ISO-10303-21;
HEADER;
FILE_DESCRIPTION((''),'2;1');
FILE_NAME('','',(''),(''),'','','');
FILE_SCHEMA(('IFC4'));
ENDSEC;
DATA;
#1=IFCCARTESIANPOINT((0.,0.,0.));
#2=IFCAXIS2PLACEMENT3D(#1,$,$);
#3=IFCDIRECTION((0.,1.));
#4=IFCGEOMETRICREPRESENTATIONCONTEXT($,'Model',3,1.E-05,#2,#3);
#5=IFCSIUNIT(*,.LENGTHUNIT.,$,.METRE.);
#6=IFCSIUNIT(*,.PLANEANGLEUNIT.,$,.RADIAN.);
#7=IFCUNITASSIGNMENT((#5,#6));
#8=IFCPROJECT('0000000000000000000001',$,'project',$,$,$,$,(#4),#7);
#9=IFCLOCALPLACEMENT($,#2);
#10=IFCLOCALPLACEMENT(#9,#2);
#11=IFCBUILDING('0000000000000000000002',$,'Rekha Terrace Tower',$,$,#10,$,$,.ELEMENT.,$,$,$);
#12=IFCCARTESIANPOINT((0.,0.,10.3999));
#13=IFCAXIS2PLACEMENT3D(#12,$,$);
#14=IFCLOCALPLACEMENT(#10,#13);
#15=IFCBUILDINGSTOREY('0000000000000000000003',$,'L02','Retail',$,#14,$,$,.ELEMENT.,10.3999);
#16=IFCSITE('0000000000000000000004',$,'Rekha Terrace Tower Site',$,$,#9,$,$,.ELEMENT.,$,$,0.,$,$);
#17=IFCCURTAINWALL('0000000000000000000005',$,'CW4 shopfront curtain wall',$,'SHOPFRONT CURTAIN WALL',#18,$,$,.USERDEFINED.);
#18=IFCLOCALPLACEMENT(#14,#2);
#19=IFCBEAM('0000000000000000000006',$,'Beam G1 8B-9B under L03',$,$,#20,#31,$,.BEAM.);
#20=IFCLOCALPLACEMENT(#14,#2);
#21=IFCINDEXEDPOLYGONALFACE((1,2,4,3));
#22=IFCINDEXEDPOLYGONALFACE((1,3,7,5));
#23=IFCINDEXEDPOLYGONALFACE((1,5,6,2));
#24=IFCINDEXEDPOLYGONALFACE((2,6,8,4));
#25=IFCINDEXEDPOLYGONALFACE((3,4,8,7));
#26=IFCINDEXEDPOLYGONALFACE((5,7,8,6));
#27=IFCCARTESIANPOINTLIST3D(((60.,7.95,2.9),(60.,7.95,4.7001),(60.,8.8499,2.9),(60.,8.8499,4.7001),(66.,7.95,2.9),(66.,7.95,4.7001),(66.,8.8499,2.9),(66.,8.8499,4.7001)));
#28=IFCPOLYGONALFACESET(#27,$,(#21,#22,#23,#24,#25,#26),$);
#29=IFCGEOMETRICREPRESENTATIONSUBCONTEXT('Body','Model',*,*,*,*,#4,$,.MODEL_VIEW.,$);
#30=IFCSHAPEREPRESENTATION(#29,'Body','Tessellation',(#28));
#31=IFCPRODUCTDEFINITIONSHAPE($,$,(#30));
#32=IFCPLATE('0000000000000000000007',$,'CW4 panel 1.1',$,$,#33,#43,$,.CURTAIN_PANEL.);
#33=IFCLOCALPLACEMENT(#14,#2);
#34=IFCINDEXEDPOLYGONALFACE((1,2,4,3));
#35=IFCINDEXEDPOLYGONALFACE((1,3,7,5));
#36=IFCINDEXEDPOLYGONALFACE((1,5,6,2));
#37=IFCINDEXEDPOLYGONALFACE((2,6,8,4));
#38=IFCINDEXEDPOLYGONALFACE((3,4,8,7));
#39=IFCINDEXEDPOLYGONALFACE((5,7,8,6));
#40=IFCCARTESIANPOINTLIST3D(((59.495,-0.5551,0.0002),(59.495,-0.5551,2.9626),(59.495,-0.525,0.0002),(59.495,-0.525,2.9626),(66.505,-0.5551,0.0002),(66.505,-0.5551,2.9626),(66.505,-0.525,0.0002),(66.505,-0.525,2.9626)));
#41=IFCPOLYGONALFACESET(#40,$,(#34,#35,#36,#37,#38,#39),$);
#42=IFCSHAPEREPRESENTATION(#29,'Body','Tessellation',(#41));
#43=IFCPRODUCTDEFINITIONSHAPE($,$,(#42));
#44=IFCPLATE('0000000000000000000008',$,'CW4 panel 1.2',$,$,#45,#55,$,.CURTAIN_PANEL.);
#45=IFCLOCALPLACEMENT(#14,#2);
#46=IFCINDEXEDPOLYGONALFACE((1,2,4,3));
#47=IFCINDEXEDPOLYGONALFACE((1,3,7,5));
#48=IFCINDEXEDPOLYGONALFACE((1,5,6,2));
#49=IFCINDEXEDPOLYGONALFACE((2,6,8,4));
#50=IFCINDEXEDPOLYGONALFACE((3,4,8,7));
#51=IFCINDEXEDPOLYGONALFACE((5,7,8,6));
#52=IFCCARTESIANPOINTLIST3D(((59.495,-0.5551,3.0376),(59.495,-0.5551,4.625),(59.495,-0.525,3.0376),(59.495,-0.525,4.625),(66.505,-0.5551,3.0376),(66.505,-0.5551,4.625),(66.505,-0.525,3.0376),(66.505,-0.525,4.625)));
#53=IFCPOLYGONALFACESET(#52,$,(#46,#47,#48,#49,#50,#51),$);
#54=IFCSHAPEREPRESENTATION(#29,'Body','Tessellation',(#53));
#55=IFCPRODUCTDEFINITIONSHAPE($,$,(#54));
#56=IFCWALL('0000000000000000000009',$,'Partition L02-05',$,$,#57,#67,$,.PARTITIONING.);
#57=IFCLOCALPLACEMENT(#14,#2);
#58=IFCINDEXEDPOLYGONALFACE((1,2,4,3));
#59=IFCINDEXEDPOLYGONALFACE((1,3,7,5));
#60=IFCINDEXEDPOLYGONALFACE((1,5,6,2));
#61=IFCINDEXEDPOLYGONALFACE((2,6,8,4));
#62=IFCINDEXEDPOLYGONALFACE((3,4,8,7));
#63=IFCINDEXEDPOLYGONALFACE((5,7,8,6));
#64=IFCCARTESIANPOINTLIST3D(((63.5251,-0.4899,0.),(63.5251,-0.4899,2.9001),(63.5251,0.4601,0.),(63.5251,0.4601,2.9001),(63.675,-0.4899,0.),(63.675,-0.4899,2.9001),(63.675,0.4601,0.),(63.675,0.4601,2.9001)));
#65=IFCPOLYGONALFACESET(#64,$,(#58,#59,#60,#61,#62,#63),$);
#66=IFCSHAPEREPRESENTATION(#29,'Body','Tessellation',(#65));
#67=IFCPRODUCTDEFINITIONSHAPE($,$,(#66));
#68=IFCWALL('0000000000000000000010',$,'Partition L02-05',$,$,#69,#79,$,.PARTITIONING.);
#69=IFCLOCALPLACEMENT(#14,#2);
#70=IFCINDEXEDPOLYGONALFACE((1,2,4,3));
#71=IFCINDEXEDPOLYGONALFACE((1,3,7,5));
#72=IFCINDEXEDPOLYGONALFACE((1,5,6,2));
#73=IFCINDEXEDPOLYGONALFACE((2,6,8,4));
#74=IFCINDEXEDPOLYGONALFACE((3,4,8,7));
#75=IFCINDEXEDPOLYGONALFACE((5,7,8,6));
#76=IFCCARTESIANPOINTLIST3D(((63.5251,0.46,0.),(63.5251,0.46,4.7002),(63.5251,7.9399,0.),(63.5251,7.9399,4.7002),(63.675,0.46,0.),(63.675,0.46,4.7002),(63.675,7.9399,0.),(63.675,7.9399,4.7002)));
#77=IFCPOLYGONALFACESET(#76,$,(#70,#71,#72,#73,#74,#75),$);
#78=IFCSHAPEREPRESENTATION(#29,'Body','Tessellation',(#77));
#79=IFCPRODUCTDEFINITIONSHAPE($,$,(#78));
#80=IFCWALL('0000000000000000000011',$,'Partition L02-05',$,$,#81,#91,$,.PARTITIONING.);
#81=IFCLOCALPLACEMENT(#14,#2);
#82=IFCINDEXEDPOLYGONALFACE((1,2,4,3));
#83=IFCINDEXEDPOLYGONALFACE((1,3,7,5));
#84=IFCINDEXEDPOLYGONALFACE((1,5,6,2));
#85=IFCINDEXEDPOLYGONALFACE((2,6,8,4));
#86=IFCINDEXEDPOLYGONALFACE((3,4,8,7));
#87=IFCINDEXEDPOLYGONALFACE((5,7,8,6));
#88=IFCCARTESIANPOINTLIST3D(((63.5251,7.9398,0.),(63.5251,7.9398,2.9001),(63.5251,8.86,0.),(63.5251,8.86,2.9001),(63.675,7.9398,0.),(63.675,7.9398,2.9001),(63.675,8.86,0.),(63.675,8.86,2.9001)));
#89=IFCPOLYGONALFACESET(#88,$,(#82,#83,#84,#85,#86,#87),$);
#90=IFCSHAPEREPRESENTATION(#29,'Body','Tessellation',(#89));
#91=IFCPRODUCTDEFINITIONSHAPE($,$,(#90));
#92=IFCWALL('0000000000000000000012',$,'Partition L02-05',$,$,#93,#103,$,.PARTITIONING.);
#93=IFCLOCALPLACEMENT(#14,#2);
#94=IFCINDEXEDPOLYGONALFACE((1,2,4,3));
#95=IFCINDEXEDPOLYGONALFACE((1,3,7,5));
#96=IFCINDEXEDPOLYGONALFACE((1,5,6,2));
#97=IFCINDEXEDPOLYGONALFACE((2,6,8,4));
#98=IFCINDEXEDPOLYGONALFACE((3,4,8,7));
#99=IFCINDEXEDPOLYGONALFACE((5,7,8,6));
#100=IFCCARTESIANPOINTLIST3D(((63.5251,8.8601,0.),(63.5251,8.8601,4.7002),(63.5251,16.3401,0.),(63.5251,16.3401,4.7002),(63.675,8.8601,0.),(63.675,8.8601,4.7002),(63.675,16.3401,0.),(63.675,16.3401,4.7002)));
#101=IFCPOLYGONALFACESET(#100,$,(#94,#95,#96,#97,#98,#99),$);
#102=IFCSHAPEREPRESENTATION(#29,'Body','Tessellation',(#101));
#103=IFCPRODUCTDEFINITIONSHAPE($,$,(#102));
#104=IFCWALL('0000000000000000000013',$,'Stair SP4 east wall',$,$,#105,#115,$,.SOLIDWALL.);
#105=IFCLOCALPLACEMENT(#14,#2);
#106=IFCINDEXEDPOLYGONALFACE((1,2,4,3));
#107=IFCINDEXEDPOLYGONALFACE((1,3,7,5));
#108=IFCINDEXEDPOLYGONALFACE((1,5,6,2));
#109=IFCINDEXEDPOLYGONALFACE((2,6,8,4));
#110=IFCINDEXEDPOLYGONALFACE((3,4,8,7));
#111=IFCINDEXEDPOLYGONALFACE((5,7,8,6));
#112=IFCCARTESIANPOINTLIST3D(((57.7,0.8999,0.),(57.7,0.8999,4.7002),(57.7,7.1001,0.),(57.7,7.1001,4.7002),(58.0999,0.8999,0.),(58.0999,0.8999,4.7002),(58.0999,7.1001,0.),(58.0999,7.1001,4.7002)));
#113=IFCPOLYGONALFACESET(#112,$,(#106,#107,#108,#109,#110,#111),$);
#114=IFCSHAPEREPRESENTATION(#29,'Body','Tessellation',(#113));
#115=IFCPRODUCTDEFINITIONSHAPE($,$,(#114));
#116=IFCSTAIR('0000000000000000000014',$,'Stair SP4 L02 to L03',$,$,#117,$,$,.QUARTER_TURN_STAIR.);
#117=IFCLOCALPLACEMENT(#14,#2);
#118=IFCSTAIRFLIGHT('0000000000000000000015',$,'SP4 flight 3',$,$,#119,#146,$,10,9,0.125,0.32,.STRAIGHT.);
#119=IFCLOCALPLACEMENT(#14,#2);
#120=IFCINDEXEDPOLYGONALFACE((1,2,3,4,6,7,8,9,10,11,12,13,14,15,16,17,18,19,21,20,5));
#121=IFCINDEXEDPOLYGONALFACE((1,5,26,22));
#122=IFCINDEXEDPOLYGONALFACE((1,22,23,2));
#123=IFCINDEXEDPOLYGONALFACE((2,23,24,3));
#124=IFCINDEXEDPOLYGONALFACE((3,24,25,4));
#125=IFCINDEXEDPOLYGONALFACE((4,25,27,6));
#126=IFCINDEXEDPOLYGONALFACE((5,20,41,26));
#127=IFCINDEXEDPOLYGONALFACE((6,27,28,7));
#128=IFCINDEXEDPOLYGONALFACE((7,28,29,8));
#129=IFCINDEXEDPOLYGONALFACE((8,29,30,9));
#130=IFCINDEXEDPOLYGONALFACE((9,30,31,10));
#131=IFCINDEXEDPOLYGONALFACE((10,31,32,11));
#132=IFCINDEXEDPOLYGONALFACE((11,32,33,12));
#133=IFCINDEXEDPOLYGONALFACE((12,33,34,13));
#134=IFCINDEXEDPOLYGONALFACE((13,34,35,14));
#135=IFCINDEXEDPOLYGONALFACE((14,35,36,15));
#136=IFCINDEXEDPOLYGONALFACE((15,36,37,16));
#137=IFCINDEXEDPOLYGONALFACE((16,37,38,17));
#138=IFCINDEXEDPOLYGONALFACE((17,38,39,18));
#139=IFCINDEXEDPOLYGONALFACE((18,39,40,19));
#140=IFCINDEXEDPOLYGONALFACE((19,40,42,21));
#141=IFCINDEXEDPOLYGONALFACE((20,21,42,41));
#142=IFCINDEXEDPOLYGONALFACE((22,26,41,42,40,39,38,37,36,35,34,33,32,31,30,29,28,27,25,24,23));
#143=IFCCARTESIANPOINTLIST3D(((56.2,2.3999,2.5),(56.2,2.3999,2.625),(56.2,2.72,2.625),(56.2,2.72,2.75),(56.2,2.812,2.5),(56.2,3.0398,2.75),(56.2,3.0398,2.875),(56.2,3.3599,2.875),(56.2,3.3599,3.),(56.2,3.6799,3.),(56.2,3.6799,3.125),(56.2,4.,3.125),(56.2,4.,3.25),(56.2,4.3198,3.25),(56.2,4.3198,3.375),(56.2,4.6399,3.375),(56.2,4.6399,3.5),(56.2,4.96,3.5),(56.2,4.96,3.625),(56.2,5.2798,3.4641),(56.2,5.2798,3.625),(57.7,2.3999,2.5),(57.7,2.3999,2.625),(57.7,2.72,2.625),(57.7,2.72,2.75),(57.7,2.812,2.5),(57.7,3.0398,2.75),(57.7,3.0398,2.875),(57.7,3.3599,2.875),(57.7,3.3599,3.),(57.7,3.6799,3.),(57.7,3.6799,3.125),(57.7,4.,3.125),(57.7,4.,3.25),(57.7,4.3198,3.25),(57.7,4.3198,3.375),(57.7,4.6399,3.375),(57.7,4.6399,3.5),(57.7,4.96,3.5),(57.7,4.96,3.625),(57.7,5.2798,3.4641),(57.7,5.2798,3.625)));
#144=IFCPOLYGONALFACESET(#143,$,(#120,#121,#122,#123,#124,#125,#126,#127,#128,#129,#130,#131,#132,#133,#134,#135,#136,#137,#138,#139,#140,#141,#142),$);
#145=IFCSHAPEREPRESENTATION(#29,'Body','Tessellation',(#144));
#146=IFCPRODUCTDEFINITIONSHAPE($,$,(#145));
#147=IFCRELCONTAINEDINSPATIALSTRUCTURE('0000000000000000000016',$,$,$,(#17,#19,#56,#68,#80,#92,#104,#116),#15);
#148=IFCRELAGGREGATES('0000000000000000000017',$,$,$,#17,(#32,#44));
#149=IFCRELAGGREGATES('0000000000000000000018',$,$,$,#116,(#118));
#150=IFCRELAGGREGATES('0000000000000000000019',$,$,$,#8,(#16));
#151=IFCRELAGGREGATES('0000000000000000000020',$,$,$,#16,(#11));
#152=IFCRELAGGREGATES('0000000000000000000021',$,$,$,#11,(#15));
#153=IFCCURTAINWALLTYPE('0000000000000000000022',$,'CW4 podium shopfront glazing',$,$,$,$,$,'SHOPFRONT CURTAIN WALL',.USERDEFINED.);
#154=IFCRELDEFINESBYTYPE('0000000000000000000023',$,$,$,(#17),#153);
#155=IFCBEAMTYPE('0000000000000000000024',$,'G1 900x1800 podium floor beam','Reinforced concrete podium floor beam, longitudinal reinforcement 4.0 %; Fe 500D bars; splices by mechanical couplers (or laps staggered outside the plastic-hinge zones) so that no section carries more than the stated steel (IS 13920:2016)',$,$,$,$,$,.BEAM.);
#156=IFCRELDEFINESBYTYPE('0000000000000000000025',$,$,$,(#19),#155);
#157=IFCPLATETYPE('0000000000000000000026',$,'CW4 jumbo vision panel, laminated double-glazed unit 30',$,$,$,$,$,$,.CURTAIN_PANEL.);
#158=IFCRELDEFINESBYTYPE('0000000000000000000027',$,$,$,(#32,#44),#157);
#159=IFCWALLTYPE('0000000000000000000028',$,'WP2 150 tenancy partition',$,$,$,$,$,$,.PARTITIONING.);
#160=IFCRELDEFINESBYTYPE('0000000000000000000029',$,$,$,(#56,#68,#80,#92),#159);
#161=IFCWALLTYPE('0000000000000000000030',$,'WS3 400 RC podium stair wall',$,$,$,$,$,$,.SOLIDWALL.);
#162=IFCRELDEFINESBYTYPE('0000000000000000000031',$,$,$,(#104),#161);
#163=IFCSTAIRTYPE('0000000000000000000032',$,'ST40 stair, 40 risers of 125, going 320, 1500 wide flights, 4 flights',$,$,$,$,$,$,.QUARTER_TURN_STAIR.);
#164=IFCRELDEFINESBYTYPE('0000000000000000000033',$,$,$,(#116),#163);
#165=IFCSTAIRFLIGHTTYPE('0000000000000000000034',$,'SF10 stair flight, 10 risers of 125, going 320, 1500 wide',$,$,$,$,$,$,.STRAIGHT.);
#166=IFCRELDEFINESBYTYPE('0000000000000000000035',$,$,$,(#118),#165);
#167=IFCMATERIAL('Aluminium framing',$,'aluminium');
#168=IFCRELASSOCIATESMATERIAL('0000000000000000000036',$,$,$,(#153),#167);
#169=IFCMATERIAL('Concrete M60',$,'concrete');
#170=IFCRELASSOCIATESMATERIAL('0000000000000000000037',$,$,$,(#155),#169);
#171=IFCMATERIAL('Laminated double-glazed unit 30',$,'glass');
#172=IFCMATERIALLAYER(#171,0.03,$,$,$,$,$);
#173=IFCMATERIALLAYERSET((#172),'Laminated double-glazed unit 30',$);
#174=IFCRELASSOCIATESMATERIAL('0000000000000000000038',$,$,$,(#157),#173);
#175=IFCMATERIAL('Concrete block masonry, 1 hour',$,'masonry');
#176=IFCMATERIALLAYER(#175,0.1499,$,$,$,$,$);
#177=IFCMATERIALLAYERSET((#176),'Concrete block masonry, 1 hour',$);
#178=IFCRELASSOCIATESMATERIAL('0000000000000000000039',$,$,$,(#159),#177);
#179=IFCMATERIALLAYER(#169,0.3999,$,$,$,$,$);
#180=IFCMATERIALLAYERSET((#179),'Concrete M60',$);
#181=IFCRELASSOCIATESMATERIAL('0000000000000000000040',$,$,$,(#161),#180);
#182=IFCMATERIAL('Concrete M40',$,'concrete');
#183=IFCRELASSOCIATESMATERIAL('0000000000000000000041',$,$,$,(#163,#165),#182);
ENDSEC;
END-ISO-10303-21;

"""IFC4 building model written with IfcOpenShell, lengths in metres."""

from ifc_helpers import new_model, si_unit, direction, frame, frame_2d, origin, origin_2d, place, context, subcontext, project, spatial, polyline, rectangle, outline, extrude, material, layer, layer_set, material_profile, profile_set, type_object, element, aggregate, save


model = new_model("IFC4")

# Units and contexts
model_context = context("Model", 3, precision=1e-05, world=origin(), true_north=direction((0.0, 1.0)))
body_context = subcontext(model_context, "Body", "Model", "MODEL_VIEW")
ifc_project = project(units=[si_unit("LENGTHUNIT", "METRE"), si_unit("PLANEANGLEUNIT", "RADIAN")], contexts=[model_context])

# Site, building, storey
site_placement = place(None, origin())
site = spatial("IfcSite", under=ifc_project, at=site_placement, Name="Rekha Terrace Tower Site", CompositionType="ELEMENT", RefElevation=0.0)
building_placement = place(site_placement, origin())
building = spatial("IfcBuilding", under=site, at=building_placement, Name="Rekha Terrace Tower", CompositionType="ELEMENT")
storey_placement = place(building_placement, frame((0.0, 0.0, 10.3999)))
storey = spatial("IfcBuildingStorey", under=building, at=storey_placement, Name="L02", Description="Retail", CompositionType="ELEMENT", Elevation=10.3999)

# Shared definitions
ifc_material_1 = material(Name="Concrete M60", Category="concrete")

# Shared definitions
ifc_material_2 = material(Name="Aluminium framing", Category="aluminium")
curtain_wall_type = type_object("IfcCurtainWallType", Name="CW4 podium shopfront glazing", ElementType="SHOPFRONT CURTAIN WALL", PredefinedType="USERDEFINED", material=ifc_material_2)

# Curtain wall
curtain_wall_1_placement = place(storey_placement, origin())
curtain_wall_1 = element("IfcCurtainWall", 1, at=curtain_wall_1_placement, inside=storey, type_object=curtain_wall_type, Name="CW4 shopfront curtain wall", ObjectType="SHOPFRONT CURTAIN WALL", PredefinedType="USERDEFINED")

# Beam
ifc_material_profile_1 = material_profile(ifc_material_1, rectangle(XDim=0.8999, YDim=1.8, at=origin_2d()), Name="RC 900x1800")
ifc_profile_set_1 = profile_set([ifc_material_profile_1], Name="Concrete M60")
beam_type = type_object("IfcBeamType", Name="G1 900x1800 podium floor beam", Description="Reinforced concrete podium floor beam, longitudinal reinforcement 4.0 %; Fe 500D bars; splices by mechanical couplers (or laps staggered outside the plastic-hinge zones) so that no section carries more than the stated steel (IS 13920:2016)", PredefinedType="BEAM", material=ifc_profile_set_1)
beam_1_placement = place(storey_placement, frame((60.0, 8.3999, 3.8), z_axis=(1.0, 0.0, 0.0), x_axis=(0.0, 1.0, 0.0)))
element("IfcBeam", 2, at=beam_1_placement, inside=storey, type_object=beam_type, Name="Beam G1 8B-9B under L03", PredefinedType="BEAM", context=body_context, shape_type="SweptSolid", body=[
    extrude(rectangle(XDim=0.8999, YDim=1.8, at=origin_2d()), origin(), (0.0, 0.0, 1.0), 6.0),
])

# Plates
ifc_material_3 = material(Name="Laminated double-glazed unit 30", Category="glass")
ifc_layer_1 = layer(ifc_material_3, 0.03)
ifc_layer_set_1 = layer_set([ifc_layer_1], Name="Laminated double-glazed unit 30")
plate_type = type_object("IfcPlateType", Name="CW4 jumbo vision panel, laminated double-glazed unit 30", PredefinedType="CURTAIN_PANEL", material=ifc_layer_set_1)
plate_1_placement = place(storey_placement, frame((63.0, -0.54, 0.0002), z_axis=(0.0, 0.0, 1.0), x_axis=(1.0, 0.0, 0.0)))
plate_1 = element("IfcPlate", 3, at=plate_1_placement, type_object=plate_type, Name="CW4 panel 1.1", PredefinedType="CURTAIN_PANEL", context=body_context, shape_type="SweptSolid", body=[
    extrude(rectangle(XDim=7.01, YDim=0.03, at=origin_2d()), origin(), (0.0, 0.0, 1.0), 2.9624),
])
plate_2_placement = place(storey_placement, frame((63.0, -0.54, 3.0376), z_axis=(0.0, 0.0, 1.0), x_axis=(1.0, 0.0, 0.0)))
plate_2 = element("IfcPlate", 4, at=plate_2_placement, type_object=plate_type, Name="CW4 panel 1.2", PredefinedType="CURTAIN_PANEL", context=body_context, shape_type="SweptSolid", body=[
    extrude(rectangle(XDim=7.01, YDim=0.03, at=origin_2d()), origin(), (0.0, 0.0, 1.0), 1.5874),
])
aggregate(curtain_wall_1, [plate_1, plate_2])

# Walls
ifc_material_4 = material(Name="Concrete block masonry, 1 hour", Category="masonry")
ifc_layer_2 = layer(ifc_material_4, 0.1499)
ifc_layer_set_2 = layer_set([ifc_layer_2], Name="Concrete block masonry, 1 hour")
wall_type_1 = type_object("IfcWallType", Name="WP2 150 tenancy partition", PredefinedType="PARTITIONING", material=ifc_layer_set_2)
wall_1_placement = place(storey_placement, frame((63.6001, -0.49, 0.0), z_axis=(0.0, 0.0, 1.0), x_axis=(0.0, 1.0, 0.0)))
element("IfcWall", 5, at=wall_1_placement, inside=storey, type_object=wall_type_1, Name="Partition L02-05", PredefinedType="PARTITIONING", context=body_context, shape_type="SweptSolid", body=[
    extrude(rectangle(XDim=0.95, YDim=0.1499, at=frame_2d((0.4751, 0.0))), origin(), (0.0, 0.0, 1.0), 2.9001),
])
wall_2_placement = place(storey_placement, frame((63.6001, 0.46, 0.0), z_axis=(0.0, 0.0, 1.0), x_axis=(0.0, 1.0, 0.0)))
element("IfcWall", 6, at=wall_2_placement, inside=storey, type_object=wall_type_1, Name="Partition L02-05", PredefinedType="PARTITIONING", context=body_context, shape_type="SweptSolid", body=[
    extrude(rectangle(XDim=7.48, YDim=0.1499, at=frame_2d((3.74, 0.0))), origin(), (0.0, 0.0, 1.0), 4.7002),
])
wall_3_placement = place(storey_placement, frame((63.6001, 7.9399, 0.0), z_axis=(0.0, 0.0, 1.0), x_axis=(0.0, 1.0, 0.0)))
element("IfcWall", 7, at=wall_3_placement, inside=storey, type_object=wall_type_1, Name="Partition L02-05", PredefinedType="PARTITIONING", context=body_context, shape_type="SweptSolid", body=[
    extrude(rectangle(XDim=0.9202, YDim=0.1499, at=frame_2d((0.46, 0.0))), origin(), (0.0, 0.0, 1.0), 2.9001),
])
wall_4_placement = place(storey_placement, frame((63.6001, 8.8601, 0.0), z_axis=(0.0, 0.0, 1.0), x_axis=(0.0, 1.0, 0.0)))
element("IfcWall", 8, at=wall_4_placement, inside=storey, type_object=wall_type_1, Name="Partition L02-05", PredefinedType="PARTITIONING", context=body_context, shape_type="SweptSolid", body=[
    extrude(rectangle(XDim=7.48, YDim=0.1499, at=frame_2d((3.74, 0.0))), origin(), (0.0, 0.0, 1.0), 4.7002),
])
ifc_layer_3 = layer(ifc_material_1, 0.3999)
ifc_layer_set_3 = layer_set([ifc_layer_3], Name="Concrete M60")
wall_type_2 = type_object("IfcWallType", Name="WS3 400 RC podium stair wall", PredefinedType="SOLIDWALL", material=ifc_layer_set_3)
wall_5_placement = place(storey_placement, frame((57.8999, 0.8999, 0.0), z_axis=(0.0, 0.0, 1.0), x_axis=(0.0, 1.0, 0.0)))
element("IfcWall", 9, at=wall_5_placement, inside=storey, type_object=wall_type_2, Name="Stair SP4 east wall", PredefinedType="SOLIDWALL", context=body_context, shape_type="SweptSolid", body=[
    extrude(rectangle(XDim=6.2002, YDim=0.3999, at=frame_2d((3.1001, 0.0))), origin(), (0.0, 0.0, 1.0), 4.7002),
])

# Stair, stair flight
ifc_material_5 = material(Name="Concrete M40", Category="concrete")
stair_type = type_object("IfcStairType", Name="ST40 stair, 40 risers of 125, going 320, 1500 wide flights, 4 flights", PredefinedType="QUARTER_TURN_STAIR", material=ifc_material_5)
stair_placement = place(storey_placement, origin())
stair = element("IfcStair", 10, at=stair_placement, inside=storey, type_object=stair_type, Name="Stair SP4 L02 to L03", PredefinedType="QUARTER_TURN_STAIR")
stair_flight_type = type_object("IfcStairFlightType", Name="SF10 stair flight, 10 risers of 125, going 320, 1500 wide", PredefinedType="STRAIGHT", material=ifc_material_5)
stair_flight_placement = place(storey_placement, frame((56.95, 2.3999, 2.5), z_axis=(0.0, 0.0, 1.0), x_axis=(0.0, 1.0, 0.0)))
stair_flight = element("IfcStairFlight", 11, at=stair_flight_placement, type_object=stair_flight_type, Name="SP4 flight 3", NumberOfRisers=10, NumberOfTreads=9, PredefinedType="STRAIGHT", RiserHeight=0.125, TreadLength=0.32, context=body_context, shape_type="SweptSolid", body=[
    extrude(outline(polyline([(0.0, 0.0), (0.0, 0.125), (0.3201, 0.125), (0.3201, 0.25), (0.6399, 0.25), (0.6399, 0.375), (0.96, 0.375), (0.96, 0.5), (1.28, 0.5), (1.28, 0.625), (1.6001, 0.625), (1.6001, 0.75), (1.9199, 0.75), (1.9199, 0.875), (2.24, 0.875), (2.24, 1.0), (2.5601, 1.0), (2.5601, 1.125), (2.8799, 1.125), (2.8799, 1.25), (2.8799, 0.9641), (0.4121, 0.0), (0.0, 0.0)])), frame((0.0, 0.75, 0.0), z_axis=(0.0, -1.0, 0.0), x_axis=(1.0, 0.0, 0.0)), (0.0, 0.0, 1.0), 1.5),
])
aggregate(stair, [stair_flight])

save(model, "model.ifc")
